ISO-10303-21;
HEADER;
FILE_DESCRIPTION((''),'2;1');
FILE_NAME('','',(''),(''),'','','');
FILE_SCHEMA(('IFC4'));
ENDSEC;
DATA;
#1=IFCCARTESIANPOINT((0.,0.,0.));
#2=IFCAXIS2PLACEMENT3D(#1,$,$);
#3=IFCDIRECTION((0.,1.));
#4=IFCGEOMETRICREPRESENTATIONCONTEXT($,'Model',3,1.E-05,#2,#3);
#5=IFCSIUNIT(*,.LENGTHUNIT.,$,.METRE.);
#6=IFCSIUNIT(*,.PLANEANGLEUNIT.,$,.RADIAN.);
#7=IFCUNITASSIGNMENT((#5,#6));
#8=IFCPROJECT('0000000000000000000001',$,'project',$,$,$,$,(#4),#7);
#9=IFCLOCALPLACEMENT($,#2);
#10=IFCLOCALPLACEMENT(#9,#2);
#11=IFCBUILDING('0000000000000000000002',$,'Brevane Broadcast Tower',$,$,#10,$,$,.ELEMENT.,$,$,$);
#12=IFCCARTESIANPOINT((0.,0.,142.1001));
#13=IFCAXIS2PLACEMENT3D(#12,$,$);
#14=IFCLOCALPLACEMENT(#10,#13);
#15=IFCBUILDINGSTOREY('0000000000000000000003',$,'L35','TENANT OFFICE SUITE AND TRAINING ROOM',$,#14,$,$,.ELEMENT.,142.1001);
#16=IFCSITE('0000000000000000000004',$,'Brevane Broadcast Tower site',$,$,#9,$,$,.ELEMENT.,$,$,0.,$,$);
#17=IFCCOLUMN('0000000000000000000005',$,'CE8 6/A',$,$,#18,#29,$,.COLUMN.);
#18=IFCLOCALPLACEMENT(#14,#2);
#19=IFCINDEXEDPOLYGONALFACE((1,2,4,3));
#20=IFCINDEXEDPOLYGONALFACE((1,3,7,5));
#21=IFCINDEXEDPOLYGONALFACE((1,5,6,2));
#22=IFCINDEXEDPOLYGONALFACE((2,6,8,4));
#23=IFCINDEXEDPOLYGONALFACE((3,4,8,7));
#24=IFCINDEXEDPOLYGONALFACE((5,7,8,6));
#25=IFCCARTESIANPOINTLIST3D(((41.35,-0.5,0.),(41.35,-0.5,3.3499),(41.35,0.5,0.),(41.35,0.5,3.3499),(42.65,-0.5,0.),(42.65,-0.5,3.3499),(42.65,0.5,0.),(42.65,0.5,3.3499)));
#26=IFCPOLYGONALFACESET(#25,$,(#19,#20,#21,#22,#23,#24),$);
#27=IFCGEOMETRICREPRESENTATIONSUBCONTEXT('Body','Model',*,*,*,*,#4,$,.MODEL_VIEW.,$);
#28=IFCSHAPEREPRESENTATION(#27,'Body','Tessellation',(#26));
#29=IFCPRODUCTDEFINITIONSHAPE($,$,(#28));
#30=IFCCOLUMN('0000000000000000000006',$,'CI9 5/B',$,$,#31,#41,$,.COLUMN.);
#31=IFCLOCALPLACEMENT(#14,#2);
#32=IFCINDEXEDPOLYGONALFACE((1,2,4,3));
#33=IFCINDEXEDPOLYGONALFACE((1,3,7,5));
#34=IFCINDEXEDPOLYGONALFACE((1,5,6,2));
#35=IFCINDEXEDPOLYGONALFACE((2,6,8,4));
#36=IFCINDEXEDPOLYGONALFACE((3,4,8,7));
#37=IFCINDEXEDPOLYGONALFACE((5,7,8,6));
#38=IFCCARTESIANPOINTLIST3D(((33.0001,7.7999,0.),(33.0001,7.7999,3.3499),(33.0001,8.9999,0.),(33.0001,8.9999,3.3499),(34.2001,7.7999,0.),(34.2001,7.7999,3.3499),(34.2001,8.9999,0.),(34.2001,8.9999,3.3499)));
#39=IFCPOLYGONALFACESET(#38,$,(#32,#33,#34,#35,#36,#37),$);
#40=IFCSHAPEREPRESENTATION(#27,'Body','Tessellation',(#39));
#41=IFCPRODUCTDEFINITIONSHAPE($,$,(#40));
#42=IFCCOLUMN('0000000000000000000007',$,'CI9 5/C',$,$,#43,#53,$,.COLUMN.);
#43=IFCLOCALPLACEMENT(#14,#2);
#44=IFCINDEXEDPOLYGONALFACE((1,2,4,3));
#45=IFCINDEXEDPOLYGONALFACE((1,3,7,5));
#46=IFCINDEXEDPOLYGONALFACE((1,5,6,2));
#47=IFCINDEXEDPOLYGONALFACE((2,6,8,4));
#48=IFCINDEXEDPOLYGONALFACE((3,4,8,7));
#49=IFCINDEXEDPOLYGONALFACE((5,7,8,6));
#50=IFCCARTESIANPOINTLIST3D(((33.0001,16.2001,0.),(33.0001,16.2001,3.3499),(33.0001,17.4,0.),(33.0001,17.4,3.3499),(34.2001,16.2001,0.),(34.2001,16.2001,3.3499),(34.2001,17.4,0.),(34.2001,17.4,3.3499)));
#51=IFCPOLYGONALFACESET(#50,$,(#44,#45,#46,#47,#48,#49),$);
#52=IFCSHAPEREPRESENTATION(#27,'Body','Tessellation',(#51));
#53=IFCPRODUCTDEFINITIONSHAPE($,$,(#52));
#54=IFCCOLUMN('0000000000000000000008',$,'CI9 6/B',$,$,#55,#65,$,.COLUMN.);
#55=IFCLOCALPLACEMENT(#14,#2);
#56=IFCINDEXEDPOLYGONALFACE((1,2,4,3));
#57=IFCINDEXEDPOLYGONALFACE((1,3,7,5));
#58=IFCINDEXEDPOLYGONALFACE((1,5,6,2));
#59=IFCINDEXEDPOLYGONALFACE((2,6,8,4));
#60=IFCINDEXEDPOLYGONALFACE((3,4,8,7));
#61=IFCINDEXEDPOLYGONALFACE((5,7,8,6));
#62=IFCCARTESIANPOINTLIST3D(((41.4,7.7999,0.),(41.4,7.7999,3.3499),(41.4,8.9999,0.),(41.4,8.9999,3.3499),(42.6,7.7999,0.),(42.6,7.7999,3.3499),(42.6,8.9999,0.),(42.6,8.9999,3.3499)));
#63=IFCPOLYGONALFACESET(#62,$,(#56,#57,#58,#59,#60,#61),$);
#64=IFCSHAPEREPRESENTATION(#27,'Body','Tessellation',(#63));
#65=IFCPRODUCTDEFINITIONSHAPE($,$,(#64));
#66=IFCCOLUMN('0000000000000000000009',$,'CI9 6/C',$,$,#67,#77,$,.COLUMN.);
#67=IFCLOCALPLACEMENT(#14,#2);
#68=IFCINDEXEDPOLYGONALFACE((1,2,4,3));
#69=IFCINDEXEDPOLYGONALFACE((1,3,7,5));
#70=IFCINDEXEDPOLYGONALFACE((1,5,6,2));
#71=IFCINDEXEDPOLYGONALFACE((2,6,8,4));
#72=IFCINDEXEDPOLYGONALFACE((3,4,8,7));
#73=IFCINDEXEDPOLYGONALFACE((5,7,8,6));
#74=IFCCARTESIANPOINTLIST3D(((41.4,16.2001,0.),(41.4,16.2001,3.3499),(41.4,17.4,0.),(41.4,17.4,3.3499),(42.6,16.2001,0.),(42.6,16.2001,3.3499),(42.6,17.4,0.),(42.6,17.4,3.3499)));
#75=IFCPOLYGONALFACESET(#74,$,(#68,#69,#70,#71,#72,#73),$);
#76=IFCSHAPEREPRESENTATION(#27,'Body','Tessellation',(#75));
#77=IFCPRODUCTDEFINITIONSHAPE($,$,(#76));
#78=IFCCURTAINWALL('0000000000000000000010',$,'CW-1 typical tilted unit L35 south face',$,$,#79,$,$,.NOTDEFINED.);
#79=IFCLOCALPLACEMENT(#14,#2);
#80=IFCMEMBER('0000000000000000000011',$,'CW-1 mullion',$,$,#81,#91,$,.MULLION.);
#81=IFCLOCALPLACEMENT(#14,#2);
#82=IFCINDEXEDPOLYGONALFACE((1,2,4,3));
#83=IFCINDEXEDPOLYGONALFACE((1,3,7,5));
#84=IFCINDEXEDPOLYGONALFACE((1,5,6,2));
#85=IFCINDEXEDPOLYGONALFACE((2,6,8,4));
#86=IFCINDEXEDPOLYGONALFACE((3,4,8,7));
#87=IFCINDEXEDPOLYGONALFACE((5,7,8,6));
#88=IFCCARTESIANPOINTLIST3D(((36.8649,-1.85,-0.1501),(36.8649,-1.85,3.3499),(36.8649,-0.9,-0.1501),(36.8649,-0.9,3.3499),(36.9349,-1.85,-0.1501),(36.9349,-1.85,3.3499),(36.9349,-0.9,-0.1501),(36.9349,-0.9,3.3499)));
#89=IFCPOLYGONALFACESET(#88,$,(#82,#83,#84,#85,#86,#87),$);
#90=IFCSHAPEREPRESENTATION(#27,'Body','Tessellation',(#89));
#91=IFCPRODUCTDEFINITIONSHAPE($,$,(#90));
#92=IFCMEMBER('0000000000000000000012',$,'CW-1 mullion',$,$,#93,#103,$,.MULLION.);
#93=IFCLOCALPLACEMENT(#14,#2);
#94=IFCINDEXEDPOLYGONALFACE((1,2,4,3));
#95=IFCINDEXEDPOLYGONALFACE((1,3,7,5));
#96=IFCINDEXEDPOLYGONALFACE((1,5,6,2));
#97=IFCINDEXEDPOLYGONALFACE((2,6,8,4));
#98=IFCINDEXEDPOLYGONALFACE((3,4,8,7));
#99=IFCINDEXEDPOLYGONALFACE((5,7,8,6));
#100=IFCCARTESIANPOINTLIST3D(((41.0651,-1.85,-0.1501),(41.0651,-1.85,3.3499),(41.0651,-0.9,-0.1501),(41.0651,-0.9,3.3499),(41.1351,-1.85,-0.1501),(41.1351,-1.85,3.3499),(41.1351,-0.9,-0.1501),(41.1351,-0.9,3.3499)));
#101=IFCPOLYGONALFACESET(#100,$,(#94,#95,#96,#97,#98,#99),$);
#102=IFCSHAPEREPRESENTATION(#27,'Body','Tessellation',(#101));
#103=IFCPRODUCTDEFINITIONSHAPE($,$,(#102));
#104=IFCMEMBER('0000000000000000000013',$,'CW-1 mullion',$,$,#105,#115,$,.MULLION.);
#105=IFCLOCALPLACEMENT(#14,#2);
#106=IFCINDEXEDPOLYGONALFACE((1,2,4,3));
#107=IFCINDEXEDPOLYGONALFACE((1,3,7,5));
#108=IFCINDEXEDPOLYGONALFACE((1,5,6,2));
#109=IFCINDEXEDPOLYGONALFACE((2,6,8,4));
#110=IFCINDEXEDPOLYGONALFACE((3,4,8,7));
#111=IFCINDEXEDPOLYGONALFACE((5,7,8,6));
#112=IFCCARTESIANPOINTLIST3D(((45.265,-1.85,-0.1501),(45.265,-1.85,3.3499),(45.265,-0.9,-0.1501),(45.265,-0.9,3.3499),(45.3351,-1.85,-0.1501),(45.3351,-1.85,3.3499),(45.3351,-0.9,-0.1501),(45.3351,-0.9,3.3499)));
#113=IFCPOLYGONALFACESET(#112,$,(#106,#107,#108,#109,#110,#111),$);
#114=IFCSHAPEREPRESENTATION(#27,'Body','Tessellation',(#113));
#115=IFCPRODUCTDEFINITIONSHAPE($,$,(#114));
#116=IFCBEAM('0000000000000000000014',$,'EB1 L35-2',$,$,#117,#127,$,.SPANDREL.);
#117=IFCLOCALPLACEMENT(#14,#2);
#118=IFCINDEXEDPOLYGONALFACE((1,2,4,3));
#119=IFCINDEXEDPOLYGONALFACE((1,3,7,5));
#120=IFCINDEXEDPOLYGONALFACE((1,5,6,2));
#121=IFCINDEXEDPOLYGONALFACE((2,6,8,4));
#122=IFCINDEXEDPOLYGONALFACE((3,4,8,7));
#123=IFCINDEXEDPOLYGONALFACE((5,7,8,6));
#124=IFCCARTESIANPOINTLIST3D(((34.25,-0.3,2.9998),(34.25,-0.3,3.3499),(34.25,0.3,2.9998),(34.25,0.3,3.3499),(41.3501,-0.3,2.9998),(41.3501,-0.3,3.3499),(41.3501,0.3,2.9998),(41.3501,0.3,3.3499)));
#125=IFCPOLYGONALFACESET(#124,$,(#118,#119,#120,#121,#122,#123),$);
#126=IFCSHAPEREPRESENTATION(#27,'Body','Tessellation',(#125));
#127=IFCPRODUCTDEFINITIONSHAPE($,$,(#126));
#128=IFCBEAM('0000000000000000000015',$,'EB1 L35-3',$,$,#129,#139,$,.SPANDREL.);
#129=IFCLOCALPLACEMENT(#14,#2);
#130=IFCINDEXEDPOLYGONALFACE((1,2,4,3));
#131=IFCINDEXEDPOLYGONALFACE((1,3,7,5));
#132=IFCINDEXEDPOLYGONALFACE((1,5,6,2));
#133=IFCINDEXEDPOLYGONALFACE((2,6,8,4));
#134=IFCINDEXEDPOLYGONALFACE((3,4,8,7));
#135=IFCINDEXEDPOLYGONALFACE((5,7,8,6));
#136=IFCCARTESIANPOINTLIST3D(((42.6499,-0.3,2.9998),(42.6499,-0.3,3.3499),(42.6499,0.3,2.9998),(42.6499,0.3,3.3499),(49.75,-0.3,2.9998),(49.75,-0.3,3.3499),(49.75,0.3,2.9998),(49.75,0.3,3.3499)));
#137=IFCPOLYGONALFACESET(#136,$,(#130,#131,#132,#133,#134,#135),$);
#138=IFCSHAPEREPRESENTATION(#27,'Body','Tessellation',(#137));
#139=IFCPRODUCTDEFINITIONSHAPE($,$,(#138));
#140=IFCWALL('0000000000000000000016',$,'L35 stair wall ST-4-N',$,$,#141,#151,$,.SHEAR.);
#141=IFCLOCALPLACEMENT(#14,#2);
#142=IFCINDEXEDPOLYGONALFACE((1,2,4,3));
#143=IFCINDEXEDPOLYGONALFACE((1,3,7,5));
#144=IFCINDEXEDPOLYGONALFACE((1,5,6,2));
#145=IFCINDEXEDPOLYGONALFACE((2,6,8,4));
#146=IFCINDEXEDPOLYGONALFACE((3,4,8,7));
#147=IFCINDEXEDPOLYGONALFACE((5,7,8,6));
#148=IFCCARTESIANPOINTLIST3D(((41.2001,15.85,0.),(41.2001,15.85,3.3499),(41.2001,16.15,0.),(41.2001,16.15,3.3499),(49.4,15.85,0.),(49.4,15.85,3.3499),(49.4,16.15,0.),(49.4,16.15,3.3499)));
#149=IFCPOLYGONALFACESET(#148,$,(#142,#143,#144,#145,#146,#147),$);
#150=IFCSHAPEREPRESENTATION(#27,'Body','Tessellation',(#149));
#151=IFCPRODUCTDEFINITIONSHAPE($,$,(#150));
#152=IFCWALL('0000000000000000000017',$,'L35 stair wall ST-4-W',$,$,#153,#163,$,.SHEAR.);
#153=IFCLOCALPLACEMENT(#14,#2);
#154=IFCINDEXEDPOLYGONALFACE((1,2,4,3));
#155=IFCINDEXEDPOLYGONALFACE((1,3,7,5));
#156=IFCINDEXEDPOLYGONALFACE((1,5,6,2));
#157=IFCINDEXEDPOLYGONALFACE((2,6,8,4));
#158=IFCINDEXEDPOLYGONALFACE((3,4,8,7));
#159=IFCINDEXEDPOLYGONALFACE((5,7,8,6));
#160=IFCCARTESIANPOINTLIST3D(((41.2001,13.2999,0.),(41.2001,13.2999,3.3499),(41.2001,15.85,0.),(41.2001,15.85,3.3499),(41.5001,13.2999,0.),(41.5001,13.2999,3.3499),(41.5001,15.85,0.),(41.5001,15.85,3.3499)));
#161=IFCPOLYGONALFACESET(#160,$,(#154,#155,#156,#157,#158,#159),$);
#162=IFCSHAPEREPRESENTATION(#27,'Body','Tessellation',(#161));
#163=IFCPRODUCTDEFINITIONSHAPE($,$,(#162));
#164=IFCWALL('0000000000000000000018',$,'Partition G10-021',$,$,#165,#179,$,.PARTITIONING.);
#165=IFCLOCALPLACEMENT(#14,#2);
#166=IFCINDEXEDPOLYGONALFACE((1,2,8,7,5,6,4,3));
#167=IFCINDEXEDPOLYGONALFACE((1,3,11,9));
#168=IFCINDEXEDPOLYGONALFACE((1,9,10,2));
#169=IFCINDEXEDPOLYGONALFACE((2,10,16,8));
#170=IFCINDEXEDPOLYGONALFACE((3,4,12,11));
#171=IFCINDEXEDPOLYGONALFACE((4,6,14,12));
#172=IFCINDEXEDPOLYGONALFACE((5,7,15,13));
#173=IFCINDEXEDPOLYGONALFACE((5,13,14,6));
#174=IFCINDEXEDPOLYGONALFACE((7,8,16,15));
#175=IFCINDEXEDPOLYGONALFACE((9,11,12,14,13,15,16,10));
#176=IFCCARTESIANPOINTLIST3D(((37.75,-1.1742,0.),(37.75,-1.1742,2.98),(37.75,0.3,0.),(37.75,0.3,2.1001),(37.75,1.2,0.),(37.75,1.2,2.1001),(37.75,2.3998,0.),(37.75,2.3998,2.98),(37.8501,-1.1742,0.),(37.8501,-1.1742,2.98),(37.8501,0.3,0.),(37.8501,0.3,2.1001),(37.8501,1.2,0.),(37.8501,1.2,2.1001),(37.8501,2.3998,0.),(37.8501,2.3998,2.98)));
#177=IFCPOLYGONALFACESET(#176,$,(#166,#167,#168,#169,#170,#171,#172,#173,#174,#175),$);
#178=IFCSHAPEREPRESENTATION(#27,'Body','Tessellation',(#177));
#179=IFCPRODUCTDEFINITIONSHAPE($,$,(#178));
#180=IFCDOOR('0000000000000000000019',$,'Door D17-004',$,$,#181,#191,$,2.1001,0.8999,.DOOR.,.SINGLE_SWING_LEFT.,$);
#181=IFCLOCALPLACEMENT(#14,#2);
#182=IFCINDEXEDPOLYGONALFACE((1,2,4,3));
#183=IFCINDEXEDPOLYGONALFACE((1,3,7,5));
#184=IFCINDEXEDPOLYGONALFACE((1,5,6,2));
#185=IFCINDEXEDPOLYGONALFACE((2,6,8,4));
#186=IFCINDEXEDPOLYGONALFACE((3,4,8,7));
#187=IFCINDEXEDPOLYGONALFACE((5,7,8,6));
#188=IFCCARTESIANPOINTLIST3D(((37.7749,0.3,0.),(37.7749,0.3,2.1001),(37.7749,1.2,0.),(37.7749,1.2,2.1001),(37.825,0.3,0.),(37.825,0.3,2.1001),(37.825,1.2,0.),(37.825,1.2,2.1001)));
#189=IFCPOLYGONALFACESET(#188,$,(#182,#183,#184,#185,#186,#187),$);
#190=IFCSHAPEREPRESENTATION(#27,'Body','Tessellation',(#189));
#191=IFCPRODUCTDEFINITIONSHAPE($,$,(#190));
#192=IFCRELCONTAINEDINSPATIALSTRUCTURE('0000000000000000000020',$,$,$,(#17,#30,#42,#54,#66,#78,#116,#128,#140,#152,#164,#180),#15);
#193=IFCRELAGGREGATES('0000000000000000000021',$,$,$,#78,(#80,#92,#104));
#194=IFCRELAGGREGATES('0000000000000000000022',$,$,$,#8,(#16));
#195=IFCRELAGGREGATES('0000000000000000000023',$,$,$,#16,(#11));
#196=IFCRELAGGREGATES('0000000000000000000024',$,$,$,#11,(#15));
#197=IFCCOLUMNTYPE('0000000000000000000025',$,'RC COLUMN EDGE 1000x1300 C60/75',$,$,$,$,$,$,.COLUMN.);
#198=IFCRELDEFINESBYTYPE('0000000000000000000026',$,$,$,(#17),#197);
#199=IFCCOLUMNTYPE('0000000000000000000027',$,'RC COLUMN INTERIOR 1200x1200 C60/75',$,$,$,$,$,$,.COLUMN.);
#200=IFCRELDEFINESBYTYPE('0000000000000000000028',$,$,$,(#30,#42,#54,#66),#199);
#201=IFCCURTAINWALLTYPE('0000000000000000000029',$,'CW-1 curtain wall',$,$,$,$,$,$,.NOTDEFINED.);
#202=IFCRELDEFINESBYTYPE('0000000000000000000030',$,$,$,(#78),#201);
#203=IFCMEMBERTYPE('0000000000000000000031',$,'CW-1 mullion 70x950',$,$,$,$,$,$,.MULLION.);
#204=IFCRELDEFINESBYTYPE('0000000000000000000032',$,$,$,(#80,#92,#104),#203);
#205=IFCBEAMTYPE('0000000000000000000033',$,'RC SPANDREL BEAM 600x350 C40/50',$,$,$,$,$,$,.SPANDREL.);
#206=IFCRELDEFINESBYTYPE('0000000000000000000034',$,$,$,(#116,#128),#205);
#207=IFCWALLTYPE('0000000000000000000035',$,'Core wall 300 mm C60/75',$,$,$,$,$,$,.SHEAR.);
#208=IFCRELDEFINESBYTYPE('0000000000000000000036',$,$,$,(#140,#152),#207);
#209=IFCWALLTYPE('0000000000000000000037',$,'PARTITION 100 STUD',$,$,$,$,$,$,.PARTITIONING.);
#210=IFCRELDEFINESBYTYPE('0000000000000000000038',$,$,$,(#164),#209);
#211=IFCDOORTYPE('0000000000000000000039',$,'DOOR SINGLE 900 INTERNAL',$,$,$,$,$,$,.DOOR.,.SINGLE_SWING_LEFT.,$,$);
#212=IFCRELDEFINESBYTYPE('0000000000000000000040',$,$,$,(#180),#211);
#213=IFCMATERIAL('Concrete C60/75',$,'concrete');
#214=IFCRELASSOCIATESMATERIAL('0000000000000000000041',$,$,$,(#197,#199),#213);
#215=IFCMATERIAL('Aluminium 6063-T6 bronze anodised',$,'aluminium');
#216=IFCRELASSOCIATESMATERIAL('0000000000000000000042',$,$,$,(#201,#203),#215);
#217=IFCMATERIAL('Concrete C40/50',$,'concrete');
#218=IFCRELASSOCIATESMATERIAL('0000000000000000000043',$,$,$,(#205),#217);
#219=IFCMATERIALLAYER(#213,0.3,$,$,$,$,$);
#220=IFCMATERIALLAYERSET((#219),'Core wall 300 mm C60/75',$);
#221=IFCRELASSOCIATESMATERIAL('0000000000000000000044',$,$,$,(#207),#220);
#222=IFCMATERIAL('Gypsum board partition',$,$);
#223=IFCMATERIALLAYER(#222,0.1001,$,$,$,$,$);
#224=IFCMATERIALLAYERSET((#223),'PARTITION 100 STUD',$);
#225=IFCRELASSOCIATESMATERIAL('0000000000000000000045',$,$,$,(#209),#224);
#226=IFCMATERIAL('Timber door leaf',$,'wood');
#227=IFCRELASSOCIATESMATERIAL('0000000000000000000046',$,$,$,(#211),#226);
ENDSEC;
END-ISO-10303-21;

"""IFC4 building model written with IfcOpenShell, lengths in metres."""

from ifc_helpers import new_model, si_unit, direction, frame, frame_2d, origin, origin_2d, place, context, subcontext, project, spatial, rectangle, extrude, material, layer, layer_set, material_profile, profile_set, type_object, element, fill, aggregate, save


model = new_model("IFC4")

# Units and contexts
model_context = context("Model", 3, precision=1e-05, world=origin(), true_north=direction((0.0, 1.0)))
body_context = subcontext(model_context, "Body", "Model", "MODEL_VIEW")
ifc_project = project(units=[si_unit("LENGTHUNIT", "METRE"), si_unit("PLANEANGLEUNIT", "RADIAN")], contexts=[model_context])

# Site, building, storey
site_placement = place(None, origin())
site = spatial("IfcSite", under=ifc_project, at=site_placement, Name="Brevane Broadcast Tower site", CompositionType="ELEMENT", RefElevation=0.0)
building_placement = place(site_placement, origin())
building = spatial("IfcBuilding", under=site, at=building_placement, Name="Brevane Broadcast Tower", CompositionType="ELEMENT")
storey_placement = place(building_placement, frame((0.0, 0.0, 142.1001)))
storey = spatial("IfcBuildingStorey", under=building, at=storey_placement, Name="L35", Description="TENANT OFFICE SUITE AND TRAINING ROOM", CompositionType="ELEMENT", Elevation=142.1001)

# Columns
ifc_material_1 = material(Name="Concrete C60/75", Category="concrete")
ifc_material_profile_1 = material_profile(ifc_material_1, rectangle(XDim=1.0, YDim=1.3, at=origin_2d()), Name="RC 1000x1300")
ifc_profile_set_1 = profile_set([ifc_material_profile_1], Name="Concrete C60/75")
column_type_1 = type_object("IfcColumnType", Name="RC COLUMN EDGE 1000x1300 C60/75", PredefinedType="COLUMN", material=ifc_profile_set_1)
column_placement = place(storey_placement, frame((42.0, 0.0, 0.0), z_axis=(0.0, 0.0, 1.0), x_axis=(0.0, 1.0, 0.0)))
element("IfcColumn", 1, at=column_placement, inside=storey, type_object=column_type_1, Name="CE8 6/A", PredefinedType="COLUMN", context=body_context, shape_type="SweptSolid", body=[
    extrude(rectangle(XDim=1.0, YDim=1.3, at=origin_2d()), origin(), (0.0, 0.0, 1.0), 3.3499),
])
ifc_material_profile_2 = material_profile(ifc_material_1, rectangle(XDim=1.2, YDim=1.2, at=origin_2d()), Name="RC 1200x1200")
ifc_profile_set_2 = profile_set([ifc_material_profile_2], Name="Concrete C60/75")
column_type_2 = type_object("IfcColumnType", Name="RC COLUMN INTERIOR 1200x1200 C60/75", PredefinedType="COLUMN", material=ifc_profile_set_2)
for number, where, z_axis, x_axis, name in (
    (2, (33.6001, 8.3999, 0.0), (0.0, 0.0, 1.0), (1.0, 0.0, 0.0), "CI9 5/B"),
    (3, (33.6001, 16.8, 0.0), (0.0, 0.0, 1.0), (1.0, 0.0, 0.0), "CI9 5/C"),
    (4, (42.0, 8.3999, 0.0), (0.0, 0.0, 1.0), (1.0, 0.0, 0.0), "CI9 6/B"),
    (5, (42.0, 16.8, 0.0), (0.0, 0.0, 1.0), (1.0, 0.0, 0.0), "CI9 6/C"),
):
    element("IfcColumn", number, at=place(storey_placement, frame(where, z_axis=z_axis, x_axis=x_axis)), inside=storey, type_object=column_type_2, Name=name, PredefinedType="COLUMN", context=body_context, shape_type="SweptSolid", body=[
        extrude(rectangle(XDim=1.2, YDim=1.2, at=origin_2d()), origin(), (0.0, 0.0, 1.0), 3.3499),
    ])

# Curtain wall, members
ifc_material_2 = material(Name="Aluminium 6063-T6 bronze anodised", Category="aluminium")
curtain_wall_type = type_object("IfcCurtainWallType", Name="CW-1 curtain wall", PredefinedType="NOTDEFINED", material=ifc_material_2)
curtain_wall_placement = place(storey_placement, origin())
curtain_wall = element("IfcCurtainWall", 6, at=curtain_wall_placement, inside=storey, type_object=curtain_wall_type, Name="CW-1 typical tilted unit L35 south face", PredefinedType="NOTDEFINED")
ifc_material_profile_3 = material_profile(ifc_material_2, rectangle(XDim=0.95, YDim=0.0701, at=origin_2d()), Name="RECT 70x950")
ifc_profile_set_3 = profile_set([ifc_material_profile_3], Name="Aluminium 6063-T6 bronze anodised")
member_type = type_object("IfcMemberType", Name="CW-1 mullion 70x950", PredefinedType="MULLION", material=ifc_profile_set_3)
member_1_placement = place(storey_placement, frame((36.8999, -1.375, -0.1501), z_axis=(0.0, 0.0, 1.0), x_axis=(0.0, 1.0, 0.0)))
member_1 = element("IfcMember", 7, at=member_1_placement, type_object=member_type, Name="CW-1 mullion", PredefinedType="MULLION", context=body_context, shape_type="SweptSolid", body=[
    extrude(rectangle(XDim=0.95, YDim=0.0701, at=origin_2d()), origin(), (0.0, 0.0, 1.0), 3.5),
])
member_2_placement = place(storey_placement, frame((41.1001, -1.375, -0.1501), z_axis=(0.0, 0.0, 1.0), x_axis=(0.0, 1.0, 0.0)))
member_2 = element("IfcMember", 8, at=member_2_placement, type_object=member_type, Name="CW-1 mullion", PredefinedType="MULLION", context=body_context, shape_type="SweptSolid", body=[
    extrude(rectangle(XDim=0.95, YDim=0.0701, at=origin_2d()), origin(), (0.0, 0.0, 1.0), 3.5),
])
member_3_placement = place(storey_placement, frame((45.3, -1.375, -0.1501), z_axis=(0.0, 0.0, 1.0), x_axis=(0.0, 1.0, 0.0)))
member_3 = element("IfcMember", 9, at=member_3_placement, type_object=member_type, Name="CW-1 mullion", PredefinedType="MULLION", context=body_context, shape_type="SweptSolid", body=[
    extrude(rectangle(XDim=0.95, YDim=0.0701, at=origin_2d()), origin(), (0.0, 0.0, 1.0), 3.5),
])
aggregate(curtain_wall, [member_1, member_2, member_3])

# Beams
ifc_material_3 = material(Name="Concrete C40/50", Category="concrete")
ifc_material_profile_4 = material_profile(ifc_material_3, rectangle(XDim=0.6001, YDim=0.3501, at=origin_2d()), Name="RC 600x350")
ifc_profile_set_4 = profile_set([ifc_material_profile_4], Name="Concrete C40/50")
beam_type = type_object("IfcBeamType", Name="RC SPANDREL BEAM 600x350 C40/50", PredefinedType="SPANDREL", material=ifc_profile_set_4)
for number, where, z_axis, x_axis, name in (
    (10, (34.25, 0.0, 3.1748), (1.0, 0.0, 0.0), (0.0, 1.0, 0.0), "EB1 L35-2"),
    (11, (42.6499, 0.0, 3.1748), (1.0, 0.0, 0.0), (0.0, 1.0, 0.0), "EB1 L35-3"),
):
    element("IfcBeam", number, at=place(storey_placement, frame(where, z_axis=z_axis, x_axis=x_axis)), inside=storey, type_object=beam_type, Name=name, PredefinedType="SPANDREL", context=body_context, shape_type="SweptSolid", body=[
        extrude(rectangle(XDim=0.6001, YDim=0.3501, at=origin_2d()), origin(), (0.0, 0.0, 1.0), 7.1001),
    ])

# Walls
ifc_layer_1 = layer(ifc_material_1, 0.3)
ifc_layer_set_1 = layer_set([ifc_layer_1], Name="Core wall 300 mm C60/75")
wall_type_1 = type_object("IfcWallType", Name="Core wall 300 mm C60/75", PredefinedType="SHEAR", material=ifc_layer_set_1)
wall_1_placement = place(storey_placement, frame((41.2, 16.0, 0.0), z_axis=(0.0, 0.0, 1.0), x_axis=(1.0, 0.0, 0.0)))
element("IfcWall", 12, at=wall_1_placement, inside=storey, type_object=wall_type_1, Name="L35 stair wall ST-4-N", PredefinedType="SHEAR", context=body_context, shape_type="SweptSolid", body=[
    extrude(rectangle(XDim=8.2, YDim=0.3, at=frame_2d((4.1001, 0.0))), origin(), (0.0, 0.0, 1.0), 3.3499),
])
wall_2_placement = place(storey_placement, frame((41.3501, 13.3, 0.0), z_axis=(0.0, 0.0, 1.0), x_axis=(0.0, 1.0, 0.0)))
element("IfcWall", 13, at=wall_2_placement, inside=storey, type_object=wall_type_1, Name="L35 stair wall ST-4-W", PredefinedType="SHEAR", context=body_context, shape_type="SweptSolid", body=[
    extrude(rectangle(XDim=2.55, YDim=0.3, at=frame_2d((1.2749, 0.0))), origin(), (0.0, 0.0, 1.0), 3.3499),
])

# Wall, opening, door
ifc_material_4 = material(Name="Gypsum board partition")
ifc_layer_2 = layer(ifc_material_4, 0.1001)
ifc_layer_set_2 = layer_set([ifc_layer_2], Name="PARTITION 100 STUD")
wall_type_2 = type_object("IfcWallType", Name="PARTITION 100 STUD", PredefinedType="PARTITIONING", material=ifc_layer_set_2)
wall_3_placement = place(storey_placement, frame((37.8, 2.3999, 0.0), z_axis=(0.0, 0.0, 1.0), x_axis=(0.0, -1.0, 0.0)))
wall_3 = element("IfcWall", 14, at=wall_3_placement, inside=storey, type_object=wall_type_2, Name="Partition G10-021", PredefinedType="PARTITIONING", context=body_context, shape_type="SweptSolid", body=[
    extrude(rectangle(XDim=3.574, YDim=0.1001, at=frame_2d((1.7871, 0.0))), origin(), (0.0, 0.0, 1.0), 2.98),
])
opening_1_placement = place(wall_3_placement, frame((1.2, 0.0, 0.0)))
opening_1 = element("IfcOpeningElement", 15, at=opening_1_placement, cuts=wall_3, PredefinedType="OPENING", context=body_context, shape_type="SweptSolid", body=[
    extrude(rectangle(XDim=0.8999, YDim=2.1001, at=frame_2d((0.45, 1.05))), frame((0.0, 0.0601, 0.0), z_axis=(0.0, -1.0, 0.0), x_axis=(1.0, 0.0, 0.0)), (0.0, 0.0, 1.0), 0.1201),
])
ifc_material_5 = material(Name="Timber door leaf", Category="wood")
door_type_1 = type_object("IfcDoorType", Name="DOOR SINGLE 900 INTERNAL", OperationType="SINGLE_SWING_LEFT", PredefinedType="DOOR", material=ifc_material_5)
door_1_placement = place(opening_1_placement, origin())
door_1 = element("IfcDoor", 16, at=door_1_placement, inside=storey, type_object=door_type_1, Name="Door D17-004", OperationType="SINGLE_SWING_LEFT", OverallHeight=2.1001, OverallWidth=0.8999, PredefinedType="DOOR", context=body_context, shape_type="SweptSolid", body=[
    extrude(rectangle(XDim=0.8999, YDim=2.1001, at=frame_2d((0.45, 1.05))), frame((0.0, 0.0249, 0.0), z_axis=(0.0, -1.0, 0.0), x_axis=(1.0, 0.0, 0.0)), (0.0, 0.0, 1.0), 0.05),
])
fill(opening_1, door_1)

save(model, "model.ifc")
